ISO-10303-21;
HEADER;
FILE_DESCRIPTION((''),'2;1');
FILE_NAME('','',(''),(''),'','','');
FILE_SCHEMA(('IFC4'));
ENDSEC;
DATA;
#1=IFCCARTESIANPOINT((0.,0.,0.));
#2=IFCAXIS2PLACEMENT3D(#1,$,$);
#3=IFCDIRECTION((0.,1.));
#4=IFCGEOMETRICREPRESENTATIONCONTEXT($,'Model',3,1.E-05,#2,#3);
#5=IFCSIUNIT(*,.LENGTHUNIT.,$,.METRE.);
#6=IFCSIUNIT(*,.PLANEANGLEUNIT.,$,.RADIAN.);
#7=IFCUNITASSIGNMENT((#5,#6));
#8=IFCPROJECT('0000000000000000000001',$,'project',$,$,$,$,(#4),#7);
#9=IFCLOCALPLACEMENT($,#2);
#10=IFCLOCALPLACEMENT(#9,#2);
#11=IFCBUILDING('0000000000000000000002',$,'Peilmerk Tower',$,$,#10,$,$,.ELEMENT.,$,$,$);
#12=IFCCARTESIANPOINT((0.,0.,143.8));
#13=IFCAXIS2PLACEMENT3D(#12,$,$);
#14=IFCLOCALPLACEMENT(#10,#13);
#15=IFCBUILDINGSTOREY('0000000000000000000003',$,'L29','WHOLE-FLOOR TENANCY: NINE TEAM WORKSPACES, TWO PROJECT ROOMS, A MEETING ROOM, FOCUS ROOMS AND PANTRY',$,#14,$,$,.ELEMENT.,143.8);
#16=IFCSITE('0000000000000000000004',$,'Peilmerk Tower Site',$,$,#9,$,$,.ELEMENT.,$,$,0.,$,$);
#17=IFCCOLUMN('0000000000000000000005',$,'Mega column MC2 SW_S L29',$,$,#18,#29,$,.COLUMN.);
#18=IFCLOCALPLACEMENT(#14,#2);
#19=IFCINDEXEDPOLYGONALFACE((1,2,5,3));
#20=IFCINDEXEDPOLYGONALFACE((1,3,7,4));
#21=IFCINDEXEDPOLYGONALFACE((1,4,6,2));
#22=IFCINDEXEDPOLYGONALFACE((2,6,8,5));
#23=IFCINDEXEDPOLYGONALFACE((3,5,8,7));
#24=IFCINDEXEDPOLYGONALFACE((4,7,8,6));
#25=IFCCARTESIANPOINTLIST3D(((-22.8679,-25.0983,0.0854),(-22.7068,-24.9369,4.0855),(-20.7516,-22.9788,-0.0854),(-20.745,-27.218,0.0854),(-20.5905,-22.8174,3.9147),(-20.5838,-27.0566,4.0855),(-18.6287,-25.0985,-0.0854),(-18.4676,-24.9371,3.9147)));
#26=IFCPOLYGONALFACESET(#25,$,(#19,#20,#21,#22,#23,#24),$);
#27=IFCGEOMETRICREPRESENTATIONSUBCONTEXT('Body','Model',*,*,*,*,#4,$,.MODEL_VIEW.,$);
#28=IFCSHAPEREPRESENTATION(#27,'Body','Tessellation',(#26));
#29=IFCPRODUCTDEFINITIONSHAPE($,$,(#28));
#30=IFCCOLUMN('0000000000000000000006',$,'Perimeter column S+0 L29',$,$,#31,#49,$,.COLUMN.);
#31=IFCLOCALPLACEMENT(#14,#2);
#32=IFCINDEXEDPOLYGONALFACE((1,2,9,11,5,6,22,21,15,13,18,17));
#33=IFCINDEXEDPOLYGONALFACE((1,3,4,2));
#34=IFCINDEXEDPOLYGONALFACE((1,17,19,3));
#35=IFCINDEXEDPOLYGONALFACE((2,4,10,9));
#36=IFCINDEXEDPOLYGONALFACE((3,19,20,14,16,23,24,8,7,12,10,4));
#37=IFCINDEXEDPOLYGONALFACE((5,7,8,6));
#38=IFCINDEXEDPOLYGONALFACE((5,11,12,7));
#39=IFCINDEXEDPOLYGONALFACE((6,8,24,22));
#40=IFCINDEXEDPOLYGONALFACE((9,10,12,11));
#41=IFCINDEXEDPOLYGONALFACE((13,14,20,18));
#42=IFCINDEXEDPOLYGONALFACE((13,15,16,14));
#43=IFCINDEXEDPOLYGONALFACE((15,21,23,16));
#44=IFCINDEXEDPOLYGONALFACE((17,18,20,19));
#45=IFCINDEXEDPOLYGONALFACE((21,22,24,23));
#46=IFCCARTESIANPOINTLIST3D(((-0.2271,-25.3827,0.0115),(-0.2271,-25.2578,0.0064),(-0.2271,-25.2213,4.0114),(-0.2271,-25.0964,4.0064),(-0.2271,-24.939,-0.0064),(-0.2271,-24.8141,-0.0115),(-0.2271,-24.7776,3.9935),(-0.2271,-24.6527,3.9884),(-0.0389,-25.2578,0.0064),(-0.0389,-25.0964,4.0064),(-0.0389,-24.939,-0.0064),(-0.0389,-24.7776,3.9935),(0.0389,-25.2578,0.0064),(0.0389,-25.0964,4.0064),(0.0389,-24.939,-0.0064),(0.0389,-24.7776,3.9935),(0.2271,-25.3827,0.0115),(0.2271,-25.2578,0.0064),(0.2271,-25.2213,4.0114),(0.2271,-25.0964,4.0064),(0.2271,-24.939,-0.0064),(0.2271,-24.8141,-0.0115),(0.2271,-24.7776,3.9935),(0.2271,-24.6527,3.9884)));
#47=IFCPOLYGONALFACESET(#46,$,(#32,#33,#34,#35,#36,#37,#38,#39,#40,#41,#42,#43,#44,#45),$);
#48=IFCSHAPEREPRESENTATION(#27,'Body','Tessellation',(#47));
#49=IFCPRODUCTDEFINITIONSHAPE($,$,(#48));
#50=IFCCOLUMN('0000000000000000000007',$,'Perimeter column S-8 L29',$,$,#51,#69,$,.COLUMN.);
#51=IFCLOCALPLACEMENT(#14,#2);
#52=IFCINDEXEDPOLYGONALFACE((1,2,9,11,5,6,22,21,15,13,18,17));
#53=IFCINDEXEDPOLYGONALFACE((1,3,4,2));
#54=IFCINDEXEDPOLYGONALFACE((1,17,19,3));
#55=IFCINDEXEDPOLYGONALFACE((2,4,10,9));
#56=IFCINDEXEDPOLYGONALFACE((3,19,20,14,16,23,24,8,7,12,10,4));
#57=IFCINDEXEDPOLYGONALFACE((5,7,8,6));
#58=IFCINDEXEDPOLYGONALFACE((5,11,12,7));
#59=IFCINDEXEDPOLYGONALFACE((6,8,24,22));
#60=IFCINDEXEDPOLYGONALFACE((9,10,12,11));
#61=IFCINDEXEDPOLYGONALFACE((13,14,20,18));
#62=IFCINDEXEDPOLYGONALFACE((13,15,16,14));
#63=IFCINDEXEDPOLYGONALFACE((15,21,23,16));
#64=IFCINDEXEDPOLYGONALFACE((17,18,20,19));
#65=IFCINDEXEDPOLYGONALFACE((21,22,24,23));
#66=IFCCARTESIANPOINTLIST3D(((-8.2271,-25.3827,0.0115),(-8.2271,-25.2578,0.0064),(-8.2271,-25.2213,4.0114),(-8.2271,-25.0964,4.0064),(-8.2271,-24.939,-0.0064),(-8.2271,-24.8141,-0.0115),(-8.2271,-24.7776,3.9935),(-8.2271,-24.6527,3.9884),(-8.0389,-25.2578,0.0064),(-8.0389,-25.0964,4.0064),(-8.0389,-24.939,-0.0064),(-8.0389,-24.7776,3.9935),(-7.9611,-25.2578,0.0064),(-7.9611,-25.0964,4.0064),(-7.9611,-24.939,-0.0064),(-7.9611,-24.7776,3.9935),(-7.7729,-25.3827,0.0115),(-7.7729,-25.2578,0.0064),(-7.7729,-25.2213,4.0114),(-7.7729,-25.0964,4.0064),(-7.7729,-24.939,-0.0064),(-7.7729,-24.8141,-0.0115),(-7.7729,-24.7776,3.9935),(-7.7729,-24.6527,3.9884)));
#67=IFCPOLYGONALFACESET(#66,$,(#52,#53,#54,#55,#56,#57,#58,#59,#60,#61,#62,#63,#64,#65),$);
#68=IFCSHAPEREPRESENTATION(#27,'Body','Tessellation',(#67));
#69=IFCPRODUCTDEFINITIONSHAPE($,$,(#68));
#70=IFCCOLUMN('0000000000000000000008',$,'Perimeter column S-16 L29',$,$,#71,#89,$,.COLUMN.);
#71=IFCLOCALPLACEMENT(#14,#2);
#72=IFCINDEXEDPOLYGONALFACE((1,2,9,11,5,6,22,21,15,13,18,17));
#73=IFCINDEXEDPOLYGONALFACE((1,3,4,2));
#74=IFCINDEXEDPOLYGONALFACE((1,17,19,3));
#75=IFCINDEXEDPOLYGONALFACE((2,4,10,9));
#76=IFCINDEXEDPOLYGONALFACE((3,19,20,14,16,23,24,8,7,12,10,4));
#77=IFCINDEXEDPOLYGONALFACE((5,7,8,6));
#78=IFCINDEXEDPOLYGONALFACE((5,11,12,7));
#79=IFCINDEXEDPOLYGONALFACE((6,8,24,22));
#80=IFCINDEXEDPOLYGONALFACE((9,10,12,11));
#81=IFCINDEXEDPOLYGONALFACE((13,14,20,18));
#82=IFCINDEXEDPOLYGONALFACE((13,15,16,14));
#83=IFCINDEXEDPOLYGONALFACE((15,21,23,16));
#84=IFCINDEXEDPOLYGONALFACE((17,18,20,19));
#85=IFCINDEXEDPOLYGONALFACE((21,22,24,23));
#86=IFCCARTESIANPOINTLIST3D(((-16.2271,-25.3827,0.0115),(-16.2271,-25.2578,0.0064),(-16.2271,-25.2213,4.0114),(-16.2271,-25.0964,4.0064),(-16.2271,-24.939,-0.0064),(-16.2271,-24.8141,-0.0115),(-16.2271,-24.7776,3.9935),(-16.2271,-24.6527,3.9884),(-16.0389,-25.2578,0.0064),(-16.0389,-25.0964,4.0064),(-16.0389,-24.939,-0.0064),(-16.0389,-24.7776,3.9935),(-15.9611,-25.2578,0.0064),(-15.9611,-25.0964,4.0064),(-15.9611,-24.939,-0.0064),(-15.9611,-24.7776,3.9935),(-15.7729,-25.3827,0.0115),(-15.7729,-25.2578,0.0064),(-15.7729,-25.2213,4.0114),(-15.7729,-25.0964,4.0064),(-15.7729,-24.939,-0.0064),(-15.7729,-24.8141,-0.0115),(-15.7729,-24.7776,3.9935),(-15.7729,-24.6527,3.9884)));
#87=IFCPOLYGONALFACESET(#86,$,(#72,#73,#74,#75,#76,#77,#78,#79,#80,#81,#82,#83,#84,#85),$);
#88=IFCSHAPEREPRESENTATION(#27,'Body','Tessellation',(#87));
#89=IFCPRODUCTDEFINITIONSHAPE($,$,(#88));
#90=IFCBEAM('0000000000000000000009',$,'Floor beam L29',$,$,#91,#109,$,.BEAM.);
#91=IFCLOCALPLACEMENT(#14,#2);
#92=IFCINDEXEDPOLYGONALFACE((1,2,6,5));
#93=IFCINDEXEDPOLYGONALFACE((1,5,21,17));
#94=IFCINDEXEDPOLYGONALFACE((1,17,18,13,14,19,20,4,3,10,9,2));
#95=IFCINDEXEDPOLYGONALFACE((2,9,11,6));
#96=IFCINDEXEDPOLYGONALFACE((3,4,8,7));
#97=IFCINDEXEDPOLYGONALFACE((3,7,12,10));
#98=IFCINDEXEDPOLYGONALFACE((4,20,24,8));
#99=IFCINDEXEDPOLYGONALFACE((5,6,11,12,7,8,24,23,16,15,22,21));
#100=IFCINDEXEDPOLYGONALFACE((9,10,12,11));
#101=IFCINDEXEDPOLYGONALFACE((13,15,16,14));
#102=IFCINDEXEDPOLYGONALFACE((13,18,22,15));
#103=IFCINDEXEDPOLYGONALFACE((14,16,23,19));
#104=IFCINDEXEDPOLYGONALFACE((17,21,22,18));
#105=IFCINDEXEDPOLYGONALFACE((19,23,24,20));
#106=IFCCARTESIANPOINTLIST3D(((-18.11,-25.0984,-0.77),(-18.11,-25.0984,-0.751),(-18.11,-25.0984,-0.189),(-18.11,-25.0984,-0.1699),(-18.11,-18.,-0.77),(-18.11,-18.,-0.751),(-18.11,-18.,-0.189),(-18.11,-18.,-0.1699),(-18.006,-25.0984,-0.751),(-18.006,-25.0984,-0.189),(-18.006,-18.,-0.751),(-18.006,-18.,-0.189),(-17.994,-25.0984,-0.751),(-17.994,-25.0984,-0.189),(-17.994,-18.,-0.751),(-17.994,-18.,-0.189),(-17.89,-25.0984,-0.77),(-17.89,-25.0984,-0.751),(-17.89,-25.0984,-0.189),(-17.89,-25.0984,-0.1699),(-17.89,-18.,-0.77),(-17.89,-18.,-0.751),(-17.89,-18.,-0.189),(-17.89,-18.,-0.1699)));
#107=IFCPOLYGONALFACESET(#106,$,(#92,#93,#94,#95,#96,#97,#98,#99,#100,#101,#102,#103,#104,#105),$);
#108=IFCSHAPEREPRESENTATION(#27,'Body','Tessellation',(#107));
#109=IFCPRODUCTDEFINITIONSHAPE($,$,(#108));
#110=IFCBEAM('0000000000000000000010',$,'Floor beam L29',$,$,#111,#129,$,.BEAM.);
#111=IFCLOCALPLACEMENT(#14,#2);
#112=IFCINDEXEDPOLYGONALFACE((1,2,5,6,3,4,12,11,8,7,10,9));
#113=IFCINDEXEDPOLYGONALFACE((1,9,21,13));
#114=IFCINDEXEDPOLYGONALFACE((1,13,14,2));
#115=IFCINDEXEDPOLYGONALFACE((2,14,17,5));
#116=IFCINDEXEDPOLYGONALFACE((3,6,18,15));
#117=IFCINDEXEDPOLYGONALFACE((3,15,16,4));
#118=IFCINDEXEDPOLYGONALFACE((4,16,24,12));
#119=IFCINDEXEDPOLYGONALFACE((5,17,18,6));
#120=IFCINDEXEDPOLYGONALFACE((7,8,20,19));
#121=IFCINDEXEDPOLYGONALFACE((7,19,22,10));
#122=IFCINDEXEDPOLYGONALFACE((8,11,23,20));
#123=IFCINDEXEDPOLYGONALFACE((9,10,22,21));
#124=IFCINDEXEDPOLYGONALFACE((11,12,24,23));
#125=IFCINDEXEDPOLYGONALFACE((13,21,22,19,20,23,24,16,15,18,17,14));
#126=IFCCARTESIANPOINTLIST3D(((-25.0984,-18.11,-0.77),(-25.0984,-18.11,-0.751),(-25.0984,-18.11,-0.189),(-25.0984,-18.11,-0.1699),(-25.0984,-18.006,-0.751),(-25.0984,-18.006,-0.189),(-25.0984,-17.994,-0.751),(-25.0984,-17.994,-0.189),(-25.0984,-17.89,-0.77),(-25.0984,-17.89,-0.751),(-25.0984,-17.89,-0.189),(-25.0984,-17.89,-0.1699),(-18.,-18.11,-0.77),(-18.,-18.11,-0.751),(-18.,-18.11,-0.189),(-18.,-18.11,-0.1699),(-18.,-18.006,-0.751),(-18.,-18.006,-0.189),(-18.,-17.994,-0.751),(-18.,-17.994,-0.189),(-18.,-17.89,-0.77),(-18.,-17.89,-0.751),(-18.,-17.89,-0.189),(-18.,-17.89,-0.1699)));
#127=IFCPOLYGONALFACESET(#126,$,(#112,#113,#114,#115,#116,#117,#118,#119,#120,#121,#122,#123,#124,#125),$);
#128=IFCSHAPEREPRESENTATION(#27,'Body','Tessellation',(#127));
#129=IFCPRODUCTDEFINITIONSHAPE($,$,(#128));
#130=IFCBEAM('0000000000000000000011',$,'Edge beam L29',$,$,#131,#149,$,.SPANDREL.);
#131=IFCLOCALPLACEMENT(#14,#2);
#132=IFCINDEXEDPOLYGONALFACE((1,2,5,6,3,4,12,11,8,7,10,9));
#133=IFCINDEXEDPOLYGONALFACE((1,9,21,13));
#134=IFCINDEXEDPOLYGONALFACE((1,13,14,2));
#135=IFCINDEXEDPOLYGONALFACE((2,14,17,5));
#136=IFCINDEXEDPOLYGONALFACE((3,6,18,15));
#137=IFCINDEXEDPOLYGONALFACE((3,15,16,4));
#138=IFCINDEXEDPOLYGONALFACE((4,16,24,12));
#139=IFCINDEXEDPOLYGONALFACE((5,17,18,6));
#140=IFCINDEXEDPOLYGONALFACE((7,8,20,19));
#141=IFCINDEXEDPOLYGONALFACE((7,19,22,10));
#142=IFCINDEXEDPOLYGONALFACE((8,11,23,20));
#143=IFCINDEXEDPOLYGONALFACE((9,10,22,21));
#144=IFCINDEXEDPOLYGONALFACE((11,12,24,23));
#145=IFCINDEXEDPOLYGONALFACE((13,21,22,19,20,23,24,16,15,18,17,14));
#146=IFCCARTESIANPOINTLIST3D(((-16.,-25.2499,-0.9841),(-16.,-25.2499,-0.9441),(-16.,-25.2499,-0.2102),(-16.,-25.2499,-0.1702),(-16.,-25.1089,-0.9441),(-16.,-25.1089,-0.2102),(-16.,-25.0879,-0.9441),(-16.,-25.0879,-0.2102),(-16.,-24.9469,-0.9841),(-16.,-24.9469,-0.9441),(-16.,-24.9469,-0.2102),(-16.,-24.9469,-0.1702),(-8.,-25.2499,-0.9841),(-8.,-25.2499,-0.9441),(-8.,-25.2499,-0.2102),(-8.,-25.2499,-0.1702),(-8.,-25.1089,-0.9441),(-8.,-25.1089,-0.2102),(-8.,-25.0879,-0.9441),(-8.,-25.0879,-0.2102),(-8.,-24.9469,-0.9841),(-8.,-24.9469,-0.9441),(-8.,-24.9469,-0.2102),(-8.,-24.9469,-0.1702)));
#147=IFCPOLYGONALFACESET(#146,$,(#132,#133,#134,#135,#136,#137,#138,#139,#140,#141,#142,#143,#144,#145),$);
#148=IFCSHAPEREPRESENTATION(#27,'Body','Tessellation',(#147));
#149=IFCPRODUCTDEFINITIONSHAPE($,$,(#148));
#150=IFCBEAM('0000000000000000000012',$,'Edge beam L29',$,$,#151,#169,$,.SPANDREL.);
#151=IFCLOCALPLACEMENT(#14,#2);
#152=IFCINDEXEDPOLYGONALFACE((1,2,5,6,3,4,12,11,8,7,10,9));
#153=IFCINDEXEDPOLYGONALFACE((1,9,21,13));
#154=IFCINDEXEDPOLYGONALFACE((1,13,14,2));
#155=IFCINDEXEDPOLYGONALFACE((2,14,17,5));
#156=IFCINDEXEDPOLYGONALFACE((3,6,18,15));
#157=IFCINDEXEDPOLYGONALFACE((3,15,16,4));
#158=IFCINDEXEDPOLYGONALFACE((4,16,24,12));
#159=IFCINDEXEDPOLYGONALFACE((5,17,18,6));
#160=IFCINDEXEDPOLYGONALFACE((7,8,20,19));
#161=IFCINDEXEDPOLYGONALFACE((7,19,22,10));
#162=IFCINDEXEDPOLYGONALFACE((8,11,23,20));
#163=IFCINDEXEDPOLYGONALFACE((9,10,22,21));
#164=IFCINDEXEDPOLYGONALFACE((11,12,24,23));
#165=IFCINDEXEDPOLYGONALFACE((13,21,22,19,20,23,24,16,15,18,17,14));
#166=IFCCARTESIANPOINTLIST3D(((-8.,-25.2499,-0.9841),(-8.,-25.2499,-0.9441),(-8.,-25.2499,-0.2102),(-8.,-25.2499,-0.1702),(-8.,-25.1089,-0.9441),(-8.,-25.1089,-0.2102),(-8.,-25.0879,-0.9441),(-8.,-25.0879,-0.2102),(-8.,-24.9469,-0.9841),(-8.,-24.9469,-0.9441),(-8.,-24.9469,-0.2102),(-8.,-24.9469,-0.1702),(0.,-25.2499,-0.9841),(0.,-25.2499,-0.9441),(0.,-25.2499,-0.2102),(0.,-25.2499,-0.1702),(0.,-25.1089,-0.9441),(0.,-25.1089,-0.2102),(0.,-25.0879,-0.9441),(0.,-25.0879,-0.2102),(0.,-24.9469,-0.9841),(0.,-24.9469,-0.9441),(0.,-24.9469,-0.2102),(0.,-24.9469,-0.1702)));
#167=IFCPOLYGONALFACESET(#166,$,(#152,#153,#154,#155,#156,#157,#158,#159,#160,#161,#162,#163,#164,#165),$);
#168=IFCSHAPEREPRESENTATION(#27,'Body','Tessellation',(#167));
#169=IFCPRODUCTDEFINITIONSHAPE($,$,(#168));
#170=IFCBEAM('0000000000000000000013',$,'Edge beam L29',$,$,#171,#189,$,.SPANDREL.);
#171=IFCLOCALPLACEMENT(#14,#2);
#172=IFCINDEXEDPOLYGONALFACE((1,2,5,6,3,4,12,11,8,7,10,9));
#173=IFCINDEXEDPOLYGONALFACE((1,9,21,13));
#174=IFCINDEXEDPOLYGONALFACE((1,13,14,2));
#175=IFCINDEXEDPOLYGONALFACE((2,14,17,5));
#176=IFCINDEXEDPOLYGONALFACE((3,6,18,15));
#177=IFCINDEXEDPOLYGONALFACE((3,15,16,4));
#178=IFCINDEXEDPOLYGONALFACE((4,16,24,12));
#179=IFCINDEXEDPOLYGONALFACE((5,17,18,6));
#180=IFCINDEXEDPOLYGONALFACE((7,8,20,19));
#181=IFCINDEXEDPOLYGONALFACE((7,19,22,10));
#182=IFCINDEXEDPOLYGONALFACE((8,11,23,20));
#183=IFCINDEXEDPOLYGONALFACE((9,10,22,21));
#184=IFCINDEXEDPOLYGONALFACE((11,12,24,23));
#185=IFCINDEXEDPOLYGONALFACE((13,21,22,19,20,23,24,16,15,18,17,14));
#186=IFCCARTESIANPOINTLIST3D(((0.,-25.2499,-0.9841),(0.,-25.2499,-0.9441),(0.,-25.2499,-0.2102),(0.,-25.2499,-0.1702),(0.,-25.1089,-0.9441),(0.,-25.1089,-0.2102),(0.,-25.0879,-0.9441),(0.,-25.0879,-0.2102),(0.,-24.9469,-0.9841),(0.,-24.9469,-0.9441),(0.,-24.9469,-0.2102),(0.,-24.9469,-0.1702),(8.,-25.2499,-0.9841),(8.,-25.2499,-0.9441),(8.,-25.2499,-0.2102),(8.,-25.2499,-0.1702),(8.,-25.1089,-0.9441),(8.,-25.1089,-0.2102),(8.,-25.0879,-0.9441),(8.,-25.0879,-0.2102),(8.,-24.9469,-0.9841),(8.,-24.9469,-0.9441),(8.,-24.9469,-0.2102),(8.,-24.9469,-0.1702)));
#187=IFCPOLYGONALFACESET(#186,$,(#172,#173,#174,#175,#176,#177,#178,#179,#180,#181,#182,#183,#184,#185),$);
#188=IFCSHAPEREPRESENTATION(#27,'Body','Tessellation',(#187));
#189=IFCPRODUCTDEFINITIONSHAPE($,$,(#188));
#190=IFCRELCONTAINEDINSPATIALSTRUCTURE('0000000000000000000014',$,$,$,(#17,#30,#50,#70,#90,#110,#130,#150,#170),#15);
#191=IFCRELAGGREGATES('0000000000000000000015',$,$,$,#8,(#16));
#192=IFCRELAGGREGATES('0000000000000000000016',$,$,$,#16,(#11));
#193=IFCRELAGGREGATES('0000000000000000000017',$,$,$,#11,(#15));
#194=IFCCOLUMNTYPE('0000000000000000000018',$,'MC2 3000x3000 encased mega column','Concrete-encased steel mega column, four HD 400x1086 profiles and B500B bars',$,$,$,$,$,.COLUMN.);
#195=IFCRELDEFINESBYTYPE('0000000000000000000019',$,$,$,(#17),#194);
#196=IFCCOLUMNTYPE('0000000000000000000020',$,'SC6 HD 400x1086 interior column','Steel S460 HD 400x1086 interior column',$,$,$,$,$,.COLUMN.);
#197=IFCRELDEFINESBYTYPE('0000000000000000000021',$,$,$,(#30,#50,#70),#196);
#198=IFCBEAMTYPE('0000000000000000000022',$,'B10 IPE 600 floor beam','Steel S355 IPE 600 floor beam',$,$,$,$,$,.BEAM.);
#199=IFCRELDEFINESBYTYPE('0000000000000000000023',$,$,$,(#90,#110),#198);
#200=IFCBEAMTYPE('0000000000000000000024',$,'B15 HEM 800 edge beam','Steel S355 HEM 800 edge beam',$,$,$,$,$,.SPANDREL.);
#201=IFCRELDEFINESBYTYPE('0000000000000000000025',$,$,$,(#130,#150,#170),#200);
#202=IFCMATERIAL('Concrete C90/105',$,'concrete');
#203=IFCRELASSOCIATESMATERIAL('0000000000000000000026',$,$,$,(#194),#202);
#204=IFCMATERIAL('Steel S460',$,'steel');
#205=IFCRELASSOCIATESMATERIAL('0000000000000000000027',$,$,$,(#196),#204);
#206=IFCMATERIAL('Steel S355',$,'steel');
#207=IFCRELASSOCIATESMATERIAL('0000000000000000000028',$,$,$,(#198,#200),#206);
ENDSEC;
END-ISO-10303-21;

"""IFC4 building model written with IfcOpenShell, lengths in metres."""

from ifc_helpers import new_model, si_unit, direction, frame, origin, origin_2d, place, context, subcontext, project, spatial, rectangle, i_section, extrude, material, material_profile, profile_set, type_object, element, save


model = new_model("IFC4")

# Units and contexts
model_context = context("Model", 3, precision=1e-05, world=origin(), true_north=direction((0.0, 1.0)))
body_context = subcontext(model_context, "Body", "Model", "MODEL_VIEW")
ifc_project = project(units=[si_unit("LENGTHUNIT", "METRE"), si_unit("PLANEANGLEUNIT", "RADIAN")], contexts=[model_context])

# Site, building, storey
site_placement = place(None, origin())
site = spatial("IfcSite", under=ifc_project, at=site_placement, Name="Peilmerk Tower Site", CompositionType="ELEMENT", RefElevation=0.0)
building_placement = place(site_placement, origin())
building = spatial("IfcBuilding", under=site, at=building_placement, Name="Peilmerk Tower", CompositionType="ELEMENT")
storey_placement = place(building_placement, frame((0.0, 0.0, 143.8)))
storey = spatial("IfcBuildingStorey", under=building, at=storey_placement, Name="L29", Description="WHOLE-FLOOR TENANCY: NINE TEAM WORKSPACES, TWO PROJECT ROOMS, A MEETING ROOM, FOCUS ROOMS AND PANTRY", CompositionType="ELEMENT", Elevation=143.8)

# Columns
ifc_material_1 = material(Name="Concrete C90/105", Category="concrete")
ifc_material_profile_1 = material_profile(ifc_material_1, rectangle(XDim=3.0, YDim=3.0, at=origin_2d()), Name="RC 3000x3000")
ifc_profile_set_1 = profile_set([ifc_material_profile_1], Name="Concrete C90/105")
column_type_1 = type_object("IfcColumnType", Name="MC2 3000x3000 encased mega column", Description="Concrete-encased steel mega column, four HD 400x1086 profiles and B500B bars", PredefinedType="COLUMN", material=ifc_profile_set_1)
column_placement = place(storey_placement, frame((-20.7483, -25.0984, 0.0), z_axis=(0.040218, 0.040279, 0.998379), x_axis=(-0.707642, 0.706571, 0.0)))
element("IfcColumn", 1, at=column_placement, inside=storey, type_object=column_type_1, Name="Mega column MC2 SW_S L29", PredefinedType="COLUMN", context=body_context, shape_type="SweptSolid", body=[
    extrude(rectangle(XDim=3.0, YDim=3.0, at=origin_2d()), origin(), (0.0, 0.0, 1.0), 4.0066),
])
ifc_material_2 = material(Name="Steel S460", Category="steel")
ifc_material_profile_2 = material_profile(ifc_material_2, i_section(OverallWidth=0.4541, OverallDepth=0.5691, WebThickness=0.0779, FlangeThickness=0.125, at=origin_2d()), Name="HD 400x1086")
ifc_profile_set_2 = profile_set([ifc_material_profile_2], Name="Steel S460")
column_type_2 = type_object("IfcColumnType", Name="SC6 HD 400x1086 interior column", Description="Steel S460 HD 400x1086 interior column", PredefinedType="COLUMN", material=ifc_profile_set_2)
for number, where, z_axis, x_axis, name in (
    (2, (0.0, -25.0984, 0.0), (0.0, 0.040311, 0.999187), (-1.0, 0.0, 0.0), "Perimeter column S+0 L29"),
    (3, (-8.0, -25.0984, 0.0), (0.0, 0.040311, 0.999187), (-1.0, 0.0, 0.0), "Perimeter column S-8 L29"),
    (4, (-16.0, -25.0984, 0.0), (0.0, 0.040311, 0.999187), (-1.0, 0.0, 0.0), "Perimeter column S-16 L29"),
):
    element("IfcColumn", number, at=place(storey_placement, frame(where, z_axis=z_axis, x_axis=x_axis)), inside=storey, type_object=column_type_2, Name=name, PredefinedType="COLUMN", context=body_context, shape_type="SweptSolid", body=[
        extrude(i_section(OverallWidth=0.4541, OverallDepth=0.5691, WebThickness=0.0779, FlangeThickness=0.125, at=origin_2d()), origin(), (0.0, 0.0, 1.0), 4.0032),
    ])

# Beams
ifc_material_3 = material(Name="Steel S355", Category="steel")
ifc_material_profile_3 = material_profile(ifc_material_3, i_section(OverallWidth=0.22, OverallDepth=0.6001, WebThickness=0.012, FlangeThickness=0.019, at=origin_2d()), Name="IPE 600")
ifc_profile_set_3 = profile_set([ifc_material_profile_3], Name="Steel S355")
beam_type_1 = type_object("IfcBeamType", Name="B10 IPE 600 floor beam", Description="Steel S355 IPE 600 floor beam", PredefinedType="BEAM", material=ifc_profile_set_3)
for number, where, z_axis, x_axis, name in (
    (5, (-18.0, -18.0, -0.47), (0.0, -1.0, 0.0), (1.0, 0.0, 0.0), "Floor beam L29"),
    (6, (-18.0, -18.0, -0.47), (-1.0, 0.0, 0.0), (0.0, -1.0, 0.0), "Floor beam L29"),
):
    element("IfcBeam", number, at=place(storey_placement, frame(where, z_axis=z_axis, x_axis=x_axis)), inside=storey, type_object=beam_type_1, Name=name, PredefinedType="BEAM", context=body_context, shape_type="SweptSolid", body=[
        extrude(i_section(OverallWidth=0.22, OverallDepth=0.6001, WebThickness=0.012, FlangeThickness=0.019, at=origin_2d()), origin(), (0.0, 0.0, 1.0), 7.0984),
    ])
ifc_material_profile_4 = material_profile(ifc_material_3, i_section(OverallWidth=0.303, OverallDepth=0.814, WebThickness=0.021, FlangeThickness=0.04, at=origin_2d()), Name="HEM 800")
ifc_profile_set_4 = profile_set([ifc_material_profile_4], Name="Steel S355")
beam_type_2 = type_object("IfcBeamType", Name="B15 HEM 800 edge beam", Description="Steel S355 HEM 800 edge beam", PredefinedType="SPANDREL", material=ifc_profile_set_4)
for number, where, z_axis, x_axis, name in (
    (7, (-16.0, -25.0984, -0.5771), (1.0, 0.0, 0.0), (0.0, 1.0, 0.0), "Edge beam L29"),
    (8, (-8.0, -25.0984, -0.5771), (1.0, 0.0, 0.0), (0.0, 1.0, 0.0), "Edge beam L29"),
    (9, (0.0, -25.0984, -0.5771), (1.0, 0.0, 0.0), (0.0, 1.0, 0.0), "Edge beam L29"),
):
    element("IfcBeam", number, at=place(storey_placement, frame(where, z_axis=z_axis, x_axis=x_axis)), inside=storey, type_object=beam_type_2, Name=name, PredefinedType="SPANDREL", context=body_context, shape_type="SweptSolid", body=[
        extrude(i_section(OverallWidth=0.303, OverallDepth=0.814, WebThickness=0.021, FlangeThickness=0.04, at=origin_2d()), origin(), (0.0, 0.0, 1.0), 8.0),
    ])

save(model, "model.ifc")
